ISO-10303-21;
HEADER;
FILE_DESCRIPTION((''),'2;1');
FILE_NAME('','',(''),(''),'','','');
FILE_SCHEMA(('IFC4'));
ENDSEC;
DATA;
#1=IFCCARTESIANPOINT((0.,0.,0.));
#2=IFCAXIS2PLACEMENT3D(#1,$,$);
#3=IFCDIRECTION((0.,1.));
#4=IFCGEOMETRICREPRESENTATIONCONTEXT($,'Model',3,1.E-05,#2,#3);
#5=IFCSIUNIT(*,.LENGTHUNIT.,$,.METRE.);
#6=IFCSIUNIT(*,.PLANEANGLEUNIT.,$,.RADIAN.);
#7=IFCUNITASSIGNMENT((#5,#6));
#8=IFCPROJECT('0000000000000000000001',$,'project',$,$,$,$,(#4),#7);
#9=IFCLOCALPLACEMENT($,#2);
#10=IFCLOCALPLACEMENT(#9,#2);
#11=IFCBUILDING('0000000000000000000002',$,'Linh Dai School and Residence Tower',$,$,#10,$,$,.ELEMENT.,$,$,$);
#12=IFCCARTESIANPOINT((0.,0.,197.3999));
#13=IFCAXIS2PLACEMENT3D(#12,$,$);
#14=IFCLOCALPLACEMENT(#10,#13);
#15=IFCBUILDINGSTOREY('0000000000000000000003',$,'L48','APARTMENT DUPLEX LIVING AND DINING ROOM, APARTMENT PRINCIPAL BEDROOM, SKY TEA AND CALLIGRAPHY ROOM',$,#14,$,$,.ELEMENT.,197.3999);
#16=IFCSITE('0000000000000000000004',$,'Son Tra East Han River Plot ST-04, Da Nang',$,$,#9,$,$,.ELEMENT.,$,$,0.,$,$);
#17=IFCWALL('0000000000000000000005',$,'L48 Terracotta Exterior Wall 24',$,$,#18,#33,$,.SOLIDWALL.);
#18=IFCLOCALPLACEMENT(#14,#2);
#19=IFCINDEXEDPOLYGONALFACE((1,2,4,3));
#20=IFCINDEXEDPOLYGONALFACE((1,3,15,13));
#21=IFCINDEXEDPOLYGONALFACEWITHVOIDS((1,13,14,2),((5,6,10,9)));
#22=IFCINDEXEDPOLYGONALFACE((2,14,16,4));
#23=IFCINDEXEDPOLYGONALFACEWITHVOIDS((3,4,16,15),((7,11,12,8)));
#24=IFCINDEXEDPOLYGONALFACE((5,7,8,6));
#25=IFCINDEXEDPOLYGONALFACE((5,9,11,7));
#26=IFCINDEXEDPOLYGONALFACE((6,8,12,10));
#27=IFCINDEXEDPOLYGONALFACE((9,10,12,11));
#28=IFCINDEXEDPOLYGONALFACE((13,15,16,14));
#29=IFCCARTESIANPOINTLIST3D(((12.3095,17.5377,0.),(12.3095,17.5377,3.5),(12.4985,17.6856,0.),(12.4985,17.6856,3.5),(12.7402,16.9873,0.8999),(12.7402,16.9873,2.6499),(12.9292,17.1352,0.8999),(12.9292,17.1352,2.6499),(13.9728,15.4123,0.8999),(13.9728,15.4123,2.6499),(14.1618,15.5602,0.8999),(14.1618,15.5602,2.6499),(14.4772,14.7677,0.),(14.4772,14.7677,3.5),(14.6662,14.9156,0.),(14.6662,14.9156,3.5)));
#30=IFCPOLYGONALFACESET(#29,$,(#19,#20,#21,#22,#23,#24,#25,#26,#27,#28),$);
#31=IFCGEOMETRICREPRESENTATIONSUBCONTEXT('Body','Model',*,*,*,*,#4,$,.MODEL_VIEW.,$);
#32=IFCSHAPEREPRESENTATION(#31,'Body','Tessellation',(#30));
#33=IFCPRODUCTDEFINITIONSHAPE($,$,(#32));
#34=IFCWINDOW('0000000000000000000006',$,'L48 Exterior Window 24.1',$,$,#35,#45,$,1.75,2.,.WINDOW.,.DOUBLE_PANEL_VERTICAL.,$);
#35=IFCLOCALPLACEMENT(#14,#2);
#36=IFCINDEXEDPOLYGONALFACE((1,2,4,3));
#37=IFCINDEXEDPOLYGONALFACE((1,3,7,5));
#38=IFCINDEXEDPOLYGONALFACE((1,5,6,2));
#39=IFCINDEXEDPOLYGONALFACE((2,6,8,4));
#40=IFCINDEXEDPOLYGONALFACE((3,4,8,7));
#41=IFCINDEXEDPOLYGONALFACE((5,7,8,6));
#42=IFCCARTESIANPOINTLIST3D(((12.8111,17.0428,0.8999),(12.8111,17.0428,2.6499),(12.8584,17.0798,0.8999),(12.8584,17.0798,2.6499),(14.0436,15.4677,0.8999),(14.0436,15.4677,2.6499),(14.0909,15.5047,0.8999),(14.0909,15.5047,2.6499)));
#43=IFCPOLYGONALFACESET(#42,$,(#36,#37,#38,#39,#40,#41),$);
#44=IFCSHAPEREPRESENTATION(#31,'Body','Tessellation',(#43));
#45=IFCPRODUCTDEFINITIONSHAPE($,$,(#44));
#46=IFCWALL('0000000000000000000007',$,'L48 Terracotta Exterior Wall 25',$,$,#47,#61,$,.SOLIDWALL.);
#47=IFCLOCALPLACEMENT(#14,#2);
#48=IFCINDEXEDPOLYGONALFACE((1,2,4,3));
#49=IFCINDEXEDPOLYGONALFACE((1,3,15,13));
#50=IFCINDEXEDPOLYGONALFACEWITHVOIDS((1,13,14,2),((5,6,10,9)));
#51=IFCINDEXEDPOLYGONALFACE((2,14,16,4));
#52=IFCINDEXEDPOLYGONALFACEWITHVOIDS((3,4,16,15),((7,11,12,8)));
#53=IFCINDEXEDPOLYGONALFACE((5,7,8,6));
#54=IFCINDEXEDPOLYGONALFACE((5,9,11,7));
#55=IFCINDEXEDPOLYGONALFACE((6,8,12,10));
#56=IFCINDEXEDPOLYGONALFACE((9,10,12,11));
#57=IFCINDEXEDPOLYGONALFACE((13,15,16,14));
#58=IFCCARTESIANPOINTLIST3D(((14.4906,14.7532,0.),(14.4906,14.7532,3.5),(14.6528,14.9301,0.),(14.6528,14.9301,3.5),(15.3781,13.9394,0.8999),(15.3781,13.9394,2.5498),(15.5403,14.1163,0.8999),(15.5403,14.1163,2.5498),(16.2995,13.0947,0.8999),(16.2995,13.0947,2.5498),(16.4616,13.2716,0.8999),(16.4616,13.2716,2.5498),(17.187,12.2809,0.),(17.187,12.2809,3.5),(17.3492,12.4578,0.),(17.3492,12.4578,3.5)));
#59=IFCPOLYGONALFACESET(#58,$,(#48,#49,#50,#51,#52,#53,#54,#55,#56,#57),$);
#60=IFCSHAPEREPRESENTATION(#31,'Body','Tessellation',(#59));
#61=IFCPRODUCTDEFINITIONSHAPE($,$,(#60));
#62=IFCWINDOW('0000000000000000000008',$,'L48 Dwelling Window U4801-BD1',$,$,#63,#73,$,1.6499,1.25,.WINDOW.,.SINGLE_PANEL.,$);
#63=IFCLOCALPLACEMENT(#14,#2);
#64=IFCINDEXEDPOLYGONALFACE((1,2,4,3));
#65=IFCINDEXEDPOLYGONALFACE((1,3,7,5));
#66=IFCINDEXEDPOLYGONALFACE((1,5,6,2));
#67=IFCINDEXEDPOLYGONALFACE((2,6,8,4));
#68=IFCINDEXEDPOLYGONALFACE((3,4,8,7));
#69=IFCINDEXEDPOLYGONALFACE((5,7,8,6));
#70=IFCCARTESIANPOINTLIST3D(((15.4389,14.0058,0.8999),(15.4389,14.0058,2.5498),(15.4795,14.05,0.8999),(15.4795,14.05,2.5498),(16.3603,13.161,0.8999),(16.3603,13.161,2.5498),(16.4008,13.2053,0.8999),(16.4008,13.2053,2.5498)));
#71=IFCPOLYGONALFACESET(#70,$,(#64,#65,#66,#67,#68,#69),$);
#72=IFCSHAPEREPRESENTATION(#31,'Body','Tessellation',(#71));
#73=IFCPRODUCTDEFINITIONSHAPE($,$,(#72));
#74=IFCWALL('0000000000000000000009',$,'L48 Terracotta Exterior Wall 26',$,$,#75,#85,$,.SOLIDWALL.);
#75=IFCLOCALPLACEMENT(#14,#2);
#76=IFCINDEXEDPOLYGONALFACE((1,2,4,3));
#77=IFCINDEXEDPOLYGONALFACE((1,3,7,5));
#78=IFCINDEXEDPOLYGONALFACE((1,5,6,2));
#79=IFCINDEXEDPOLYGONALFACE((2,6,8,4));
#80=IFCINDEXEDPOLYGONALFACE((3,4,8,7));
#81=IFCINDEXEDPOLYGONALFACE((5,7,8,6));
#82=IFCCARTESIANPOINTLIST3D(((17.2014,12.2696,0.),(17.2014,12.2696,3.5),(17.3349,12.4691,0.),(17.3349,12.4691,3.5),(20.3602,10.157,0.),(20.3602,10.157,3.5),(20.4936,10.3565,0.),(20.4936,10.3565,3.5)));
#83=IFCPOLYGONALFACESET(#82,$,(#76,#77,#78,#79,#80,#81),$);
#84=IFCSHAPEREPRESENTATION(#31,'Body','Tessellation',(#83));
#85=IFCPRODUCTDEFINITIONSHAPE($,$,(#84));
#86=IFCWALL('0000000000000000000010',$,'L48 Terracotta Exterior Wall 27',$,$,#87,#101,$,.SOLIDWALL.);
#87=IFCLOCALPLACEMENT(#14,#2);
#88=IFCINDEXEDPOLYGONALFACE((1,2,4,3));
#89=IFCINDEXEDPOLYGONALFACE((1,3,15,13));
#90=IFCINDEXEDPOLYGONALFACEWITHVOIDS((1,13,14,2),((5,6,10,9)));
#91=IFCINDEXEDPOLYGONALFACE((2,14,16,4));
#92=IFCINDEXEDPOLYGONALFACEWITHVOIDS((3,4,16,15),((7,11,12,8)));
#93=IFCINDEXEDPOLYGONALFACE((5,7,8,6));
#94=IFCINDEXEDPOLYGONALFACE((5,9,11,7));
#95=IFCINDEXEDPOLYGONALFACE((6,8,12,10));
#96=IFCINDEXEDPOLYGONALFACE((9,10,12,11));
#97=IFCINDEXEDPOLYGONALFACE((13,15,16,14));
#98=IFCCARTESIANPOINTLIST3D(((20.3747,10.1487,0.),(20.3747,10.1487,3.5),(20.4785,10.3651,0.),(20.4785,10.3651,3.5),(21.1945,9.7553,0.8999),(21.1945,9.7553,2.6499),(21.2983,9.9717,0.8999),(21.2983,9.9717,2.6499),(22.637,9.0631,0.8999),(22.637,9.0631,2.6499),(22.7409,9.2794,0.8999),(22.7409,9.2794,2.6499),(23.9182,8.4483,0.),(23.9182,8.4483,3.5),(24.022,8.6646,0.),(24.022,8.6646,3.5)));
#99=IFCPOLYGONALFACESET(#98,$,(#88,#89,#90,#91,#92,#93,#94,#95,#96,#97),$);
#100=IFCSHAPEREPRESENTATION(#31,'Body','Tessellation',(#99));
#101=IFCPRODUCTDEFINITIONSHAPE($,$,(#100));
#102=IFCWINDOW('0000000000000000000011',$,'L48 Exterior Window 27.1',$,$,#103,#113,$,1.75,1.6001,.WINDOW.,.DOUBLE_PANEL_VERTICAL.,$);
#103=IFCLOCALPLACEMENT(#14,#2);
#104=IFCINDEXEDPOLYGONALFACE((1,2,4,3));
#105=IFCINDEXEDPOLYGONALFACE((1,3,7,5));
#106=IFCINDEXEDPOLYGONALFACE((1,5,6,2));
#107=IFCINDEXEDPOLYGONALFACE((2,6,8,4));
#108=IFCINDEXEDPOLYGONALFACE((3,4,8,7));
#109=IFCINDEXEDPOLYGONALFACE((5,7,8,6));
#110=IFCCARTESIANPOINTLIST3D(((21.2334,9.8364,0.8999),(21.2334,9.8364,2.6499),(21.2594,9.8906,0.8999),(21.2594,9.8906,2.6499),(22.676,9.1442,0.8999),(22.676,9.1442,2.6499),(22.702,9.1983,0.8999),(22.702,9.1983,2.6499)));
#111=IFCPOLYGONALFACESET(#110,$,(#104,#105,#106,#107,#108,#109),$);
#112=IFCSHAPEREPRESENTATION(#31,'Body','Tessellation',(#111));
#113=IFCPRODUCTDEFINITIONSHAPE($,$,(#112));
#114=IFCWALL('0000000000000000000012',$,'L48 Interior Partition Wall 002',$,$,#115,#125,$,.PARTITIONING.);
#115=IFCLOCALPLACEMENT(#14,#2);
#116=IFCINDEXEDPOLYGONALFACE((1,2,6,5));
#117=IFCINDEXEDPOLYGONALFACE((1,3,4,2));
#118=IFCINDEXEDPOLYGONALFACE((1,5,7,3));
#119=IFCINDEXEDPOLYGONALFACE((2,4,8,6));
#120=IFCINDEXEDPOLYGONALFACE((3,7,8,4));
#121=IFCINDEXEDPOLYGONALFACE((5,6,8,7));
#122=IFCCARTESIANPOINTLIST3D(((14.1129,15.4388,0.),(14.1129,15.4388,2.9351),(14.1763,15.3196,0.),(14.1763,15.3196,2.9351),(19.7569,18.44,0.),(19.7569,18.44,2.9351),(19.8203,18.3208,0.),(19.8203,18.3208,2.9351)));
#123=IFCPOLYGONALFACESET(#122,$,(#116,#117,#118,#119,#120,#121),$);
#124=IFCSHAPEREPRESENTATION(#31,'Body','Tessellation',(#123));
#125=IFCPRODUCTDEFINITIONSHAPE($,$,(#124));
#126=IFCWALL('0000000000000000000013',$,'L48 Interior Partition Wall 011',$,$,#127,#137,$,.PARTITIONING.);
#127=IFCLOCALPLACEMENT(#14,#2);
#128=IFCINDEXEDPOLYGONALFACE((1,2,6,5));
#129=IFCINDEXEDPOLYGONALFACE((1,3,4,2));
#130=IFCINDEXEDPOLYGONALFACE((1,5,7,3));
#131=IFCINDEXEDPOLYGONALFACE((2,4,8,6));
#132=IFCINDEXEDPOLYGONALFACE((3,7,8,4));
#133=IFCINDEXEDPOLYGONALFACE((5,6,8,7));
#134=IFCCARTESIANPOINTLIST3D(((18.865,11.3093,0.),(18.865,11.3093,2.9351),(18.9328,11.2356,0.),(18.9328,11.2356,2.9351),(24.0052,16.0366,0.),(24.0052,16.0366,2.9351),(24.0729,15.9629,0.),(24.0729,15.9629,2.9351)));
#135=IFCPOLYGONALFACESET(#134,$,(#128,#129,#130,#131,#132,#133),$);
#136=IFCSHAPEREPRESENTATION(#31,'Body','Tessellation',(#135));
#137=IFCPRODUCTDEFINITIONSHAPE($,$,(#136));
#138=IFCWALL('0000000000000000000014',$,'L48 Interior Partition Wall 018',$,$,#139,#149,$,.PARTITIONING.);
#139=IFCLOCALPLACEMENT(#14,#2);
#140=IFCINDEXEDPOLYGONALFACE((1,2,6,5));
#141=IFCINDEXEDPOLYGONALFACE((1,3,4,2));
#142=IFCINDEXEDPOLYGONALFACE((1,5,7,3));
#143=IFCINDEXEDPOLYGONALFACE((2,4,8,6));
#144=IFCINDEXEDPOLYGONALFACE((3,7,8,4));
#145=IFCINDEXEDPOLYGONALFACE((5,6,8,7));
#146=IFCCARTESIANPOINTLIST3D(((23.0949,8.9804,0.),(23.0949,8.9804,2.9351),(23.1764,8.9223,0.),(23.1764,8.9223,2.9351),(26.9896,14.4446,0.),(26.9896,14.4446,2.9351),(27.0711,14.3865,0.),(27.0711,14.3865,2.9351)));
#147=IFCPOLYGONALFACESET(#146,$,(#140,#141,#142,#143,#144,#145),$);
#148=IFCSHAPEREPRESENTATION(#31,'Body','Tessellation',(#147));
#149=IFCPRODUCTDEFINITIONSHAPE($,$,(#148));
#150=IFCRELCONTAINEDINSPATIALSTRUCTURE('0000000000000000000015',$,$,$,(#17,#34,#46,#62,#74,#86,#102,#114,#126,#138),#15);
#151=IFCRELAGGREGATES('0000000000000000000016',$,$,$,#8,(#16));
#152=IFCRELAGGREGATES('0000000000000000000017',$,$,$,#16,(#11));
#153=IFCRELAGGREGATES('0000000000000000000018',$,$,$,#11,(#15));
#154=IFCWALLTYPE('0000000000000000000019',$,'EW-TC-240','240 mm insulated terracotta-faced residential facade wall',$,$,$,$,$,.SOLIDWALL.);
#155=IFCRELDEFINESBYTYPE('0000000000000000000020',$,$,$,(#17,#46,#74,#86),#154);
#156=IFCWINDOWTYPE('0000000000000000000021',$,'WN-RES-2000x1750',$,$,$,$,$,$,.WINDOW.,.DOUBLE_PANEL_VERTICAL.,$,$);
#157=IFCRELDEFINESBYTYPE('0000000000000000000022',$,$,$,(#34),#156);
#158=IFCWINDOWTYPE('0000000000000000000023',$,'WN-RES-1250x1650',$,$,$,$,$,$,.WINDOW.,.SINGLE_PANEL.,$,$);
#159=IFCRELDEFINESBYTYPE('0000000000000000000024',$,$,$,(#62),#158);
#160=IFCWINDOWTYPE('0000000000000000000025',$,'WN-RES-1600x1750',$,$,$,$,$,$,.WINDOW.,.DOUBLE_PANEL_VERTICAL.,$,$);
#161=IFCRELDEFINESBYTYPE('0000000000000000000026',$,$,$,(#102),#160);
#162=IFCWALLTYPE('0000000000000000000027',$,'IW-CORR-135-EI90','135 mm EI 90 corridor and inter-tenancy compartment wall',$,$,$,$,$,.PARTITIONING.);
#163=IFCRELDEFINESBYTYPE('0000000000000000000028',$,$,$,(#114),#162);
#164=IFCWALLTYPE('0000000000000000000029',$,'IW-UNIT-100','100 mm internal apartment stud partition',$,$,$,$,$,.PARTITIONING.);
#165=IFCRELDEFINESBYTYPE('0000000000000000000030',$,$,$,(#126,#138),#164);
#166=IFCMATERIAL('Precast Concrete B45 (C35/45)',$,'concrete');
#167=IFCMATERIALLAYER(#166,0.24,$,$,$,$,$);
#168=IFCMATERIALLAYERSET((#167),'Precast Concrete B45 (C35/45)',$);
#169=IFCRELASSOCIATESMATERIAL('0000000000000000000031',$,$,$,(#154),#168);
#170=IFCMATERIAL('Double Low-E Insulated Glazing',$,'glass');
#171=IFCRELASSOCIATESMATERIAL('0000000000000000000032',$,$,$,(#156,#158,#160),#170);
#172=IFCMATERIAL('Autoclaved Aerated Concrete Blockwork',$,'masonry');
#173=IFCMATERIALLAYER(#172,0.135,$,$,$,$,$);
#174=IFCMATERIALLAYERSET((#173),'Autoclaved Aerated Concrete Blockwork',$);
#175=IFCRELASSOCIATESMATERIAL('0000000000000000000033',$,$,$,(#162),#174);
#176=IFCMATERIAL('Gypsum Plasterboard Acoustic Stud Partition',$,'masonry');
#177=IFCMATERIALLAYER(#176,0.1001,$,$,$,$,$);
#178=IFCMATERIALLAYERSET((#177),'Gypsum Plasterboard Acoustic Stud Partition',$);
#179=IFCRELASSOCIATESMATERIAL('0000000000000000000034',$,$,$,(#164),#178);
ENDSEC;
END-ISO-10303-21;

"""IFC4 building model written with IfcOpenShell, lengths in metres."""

from ifc_helpers import new_model, si_unit, direction, frame, frame_2d, origin, origin_2d, place, context, subcontext, project, spatial, rectangle, extrude, source, transform, mapped, material, layer, layer_set, type_object, element, fill, save


model = new_model("IFC4")

# Units and contexts
model_context = context("Model", 3, precision=1e-05, world=origin(), true_north=direction((0.0, 1.0)))
body_context = subcontext(model_context, "Body", "Model", "MODEL_VIEW")
ifc_project = project(units=[si_unit("LENGTHUNIT", "METRE"), si_unit("PLANEANGLEUNIT", "RADIAN")], contexts=[model_context])

# Site, building, storey
site_placement = place(None, origin())
site = spatial("IfcSite", under=ifc_project, at=site_placement, Name="Son Tra East Han River Plot ST-04, Da Nang", CompositionType="ELEMENT", RefElevation=0.0)
building_placement = place(site_placement, origin())
building = spatial("IfcBuilding", under=site, at=building_placement, Name="Linh Dai School and Residence Tower", CompositionType="ELEMENT")
storey_placement = place(building_placement, frame((0.0, 0.0, 197.3999)))
storey = spatial("IfcBuildingStorey", under=building, at=storey_placement, Name="L48", Description="APARTMENT DUPLEX LIVING AND DINING ROOM, APARTMENT PRINCIPAL BEDROOM, SKY TEA AND CALLIGRAPHY ROOM", CompositionType="ELEMENT", Elevation=197.3999)

# Shared definitions
ifc_material_1 = material(Name="Precast Concrete B45 (C35/45)", Category="concrete")

# Shared definitions
ifc_layer_1 = layer(ifc_material_1, 0.24)
ifc_layer_set_1 = layer_set([ifc_layer_1], Name="Precast Concrete B45 (C35/45)")
wall_type_1 = type_object("IfcWallType", Name="EW-TC-240", Description="240 mm insulated terracotta-faced residential facade wall", PredefinedType="SOLIDWALL", material=ifc_layer_set_1)

# Walls, openings, windows
wall_1_placement = place(storey_placement, frame((14.5718, 14.8416, 0.0), z_axis=(0.0, 0.0, 1.0), x_axis=(-0.616288, 0.787521, 0.0)))
wall_1 = element("IfcWall", 1, at=wall_1_placement, inside=storey, type_object=wall_type_1, Name="L48 Terracotta Exterior Wall 24", PredefinedType="SOLIDWALL", context=body_context, shape_type="SweptSolid", body=[
    extrude(rectangle(XDim=3.5173, YDim=0.24, at=frame_2d((1.7588, 0.0))), origin(), (0.0, 0.0, 1.0), 3.5),
])
opening_1_placement = place(wall_1_placement, frame((0.8186, 0.0, 0.8999)))
opening_1 = element("IfcOpeningElement", 2, at=opening_1_placement, cuts=wall_1, PredefinedType="OPENING", context=body_context, shape_type="SweptSolid", body=[
    extrude(rectangle(XDim=2.0, YDim=1.75, at=origin_2d()), frame((1.0, 0.1299, 0.875), z_axis=(0.0, -1.0, 0.0), x_axis=(1.0, 0.0, 0.0)), (0.0, 0.0, 1.0), 0.26),
])
ifc_material_2 = material(Name="Double Low-E Insulated Glazing", Category="glass")
window_type_1 = type_object("IfcWindowType", Name="WN-RES-2000x1750", PartitioningType="DOUBLE_PANEL_VERTICAL", PredefinedType="WINDOW", material=ifc_material_2)
shared_shape_1 = source(origin(), body_context, "Body", "SweptSolid", [
    extrude(rectangle(XDim=2.0, YDim=1.75, at=origin_2d()), frame((1.0, 0.03, 0.875), z_axis=(0.0, -1.0, 0.0), x_axis=(1.0, 0.0, 0.0)), (0.0, 0.0, 1.0), 0.0601),
])
window_1_placement = place(opening_1_placement, origin())
window_1 = element("IfcWindow", 3, at=window_1_placement, inside=storey, type_object=window_type_1, Name="L48 Exterior Window 24.1", OverallHeight=1.75, OverallWidth=2.0, PartitioningType="DOUBLE_PANEL_VERTICAL", PredefinedType="WINDOW", context=body_context, shape_type="MappedRepresentation", body=[
    mapped(shared_shape_1, transform((0.0, 0.0, 0.0), x_axis=(1.0, 0.0, 0.0), y_axis=(0.0, 1.0, 0.0), z_axis=(0.0, 0.0, 1.0), scale=1.0)),
])
fill(opening_1, window_1)
wall_2_placement = place(storey_placement, frame((17.2681, 12.3694, 0.0), z_axis=(0.0, 0.0, 1.0), x_axis=(-0.737077, 0.675809, 0.0)))
wall_2 = element("IfcWall", 4, at=wall_2_placement, inside=storey, type_object=wall_type_1, Name="L48 Terracotta Exterior Wall 25", PredefinedType="SOLIDWALL", context=body_context, shape_type="SweptSolid", body=[
    extrude(rectangle(XDim=3.6582, YDim=0.24, at=frame_2d((1.8291, 0.0))), origin(), (0.0, 0.0, 1.0), 3.5),
])
opening_2_placement = place(wall_2_placement, frame((1.2041, 0.0, 0.8999)))
opening_2 = element("IfcOpeningElement", 5, at=opening_2_placement, cuts=wall_2, PredefinedType="OPENING", context=body_context, shape_type="SweptSolid", body=[
    extrude(rectangle(XDim=1.25, YDim=1.6499, at=origin_2d()), frame((0.625, 0.1299, 0.825), z_axis=(0.0, -1.0, 0.0), x_axis=(1.0, 0.0, 0.0)), (0.0, 0.0, 1.0), 0.26),
])
window_type_2 = type_object("IfcWindowType", Name="WN-RES-1250x1650", PartitioningType="SINGLE_PANEL", PredefinedType="WINDOW", material=ifc_material_2)
shared_shape_2 = source(origin(), body_context, "Body", "SweptSolid", [
    extrude(rectangle(XDim=1.25, YDim=1.6499, at=origin_2d()), frame((0.625, 0.03, 0.825), z_axis=(0.0, -1.0, 0.0), x_axis=(1.0, 0.0, 0.0)), (0.0, 0.0, 1.0), 0.0601),
])
window_2_placement = place(opening_2_placement, origin())
window_2 = element("IfcWindow", 6, at=window_2_placement, inside=storey, type_object=window_type_2, Name="L48 Dwelling Window U4801-BD1", OverallHeight=1.6499, OverallWidth=1.25, PartitioningType="SINGLE_PANEL", PredefinedType="WINDOW", context=body_context, shape_type="MappedRepresentation", body=[
    mapped(shared_shape_2, transform((0.0, 0.0, 0.0), x_axis=(1.0, 0.0, 0.0), y_axis=(0.0, 1.0, 0.0), z_axis=(0.0, 0.0, 1.0), scale=1.0)),
])
fill(opening_2, window_2)

# Wall
wall_3_placement = place(storey_placement, frame((20.4268, 10.2568, 0.0), z_axis=(0.0, 0.0, 1.0), x_axis=(-0.831229, 0.55593, 0.0)))
element("IfcWall", 7, at=wall_3_placement, inside=storey, type_object=wall_type_1, Name="L48 Terracotta Exterior Wall 26", PredefinedType="SOLIDWALL", context=body_context, shape_type="SweptSolid", body=[
    extrude(rectangle(XDim=3.8, YDim=0.24, at=frame_2d((1.8999, 0.0))), origin(), (0.0, 0.0, 1.0), 3.5),
])

# Wall, opening, window
wall_4_placement = place(storey_placement, frame((23.9702, 8.5564, 0.0), z_axis=(0.0, 0.0, 1.0), x_axis=(-0.901565, 0.432644, 0.0)))
wall_4 = element("IfcWall", 8, at=wall_4_placement, inside=storey, type_object=wall_type_1, Name="L48 Terracotta Exterior Wall 27", PredefinedType="SOLIDWALL", context=body_context, shape_type="SweptSolid", body=[
    extrude(rectangle(XDim=3.9304, YDim=0.24, at=frame_2d((1.9653, 0.0))), origin(), (0.0, 0.0, 1.0), 3.5),
])
opening_3_placement = place(wall_4_placement, frame((1.4211, 0.0, 0.8999)))
opening_3 = element("IfcOpeningElement", 9, at=opening_3_placement, cuts=wall_4, PredefinedType="OPENING", context=body_context, shape_type="SweptSolid", body=[
    extrude(rectangle(XDim=1.6001, YDim=1.75, at=origin_2d()), frame((0.8, 0.1299, 0.875), z_axis=(0.0, -1.0, 0.0), x_axis=(1.0, 0.0, 0.0)), (0.0, 0.0, 1.0), 0.26),
])
window_type_3 = type_object("IfcWindowType", Name="WN-RES-1600x1750", PartitioningType="DOUBLE_PANEL_VERTICAL", PredefinedType="WINDOW", material=ifc_material_2)
shared_shape_3 = source(origin(), body_context, "Body", "SweptSolid", [
    extrude(rectangle(XDim=1.6001, YDim=1.75, at=origin_2d()), frame((0.8, 0.03, 0.875), z_axis=(0.0, -1.0, 0.0), x_axis=(1.0, 0.0, 0.0)), (0.0, 0.0, 1.0), 0.0601),
])
window_3_placement = place(opening_3_placement, origin())
window_3 = element("IfcWindow", 10, at=window_3_placement, inside=storey, type_object=window_type_3, Name="L48 Exterior Window 27.1", OverallHeight=1.75, OverallWidth=1.6001, PartitioningType="DOUBLE_PANEL_VERTICAL", PredefinedType="WINDOW", context=body_context, shape_type="MappedRepresentation", body=[
    mapped(shared_shape_3, transform((0.0, 0.0, 0.0), x_axis=(1.0, 0.0, 0.0), y_axis=(0.0, 1.0, 0.0), z_axis=(0.0, 0.0, 1.0), scale=1.0)),
])
fill(opening_3, window_3)

# Walls
ifc_material_3 = material(Name="Autoclaved Aerated Concrete Blockwork", Category="masonry")
ifc_layer_2 = layer(ifc_material_3, 0.135)
ifc_layer_set_2 = layer_set([ifc_layer_2], Name="Autoclaved Aerated Concrete Blockwork")
wall_type_2 = type_object("IfcWallType", Name="IW-CORR-135-EI90", Description="135 mm EI 90 corridor and inter-tenancy compartment wall", PredefinedType="PARTITIONING", material=ifc_layer_set_2)
wall_5_placement = place(storey_placement, frame((14.1445, 15.3792, 0.0), z_axis=(0.0, 0.0, 1.0), x_axis=(0.882933, 0.4695, 0.0)))
element("IfcWall", 11, at=wall_5_placement, inside=storey, type_object=wall_type_2, Name="L48 Interior Partition Wall 002", PredefinedType="PARTITIONING", context=body_context, shape_type="SweptSolid", body=[
    extrude(rectangle(XDim=6.3923, YDim=0.135, at=frame_2d((3.1963, 0.0))), origin(), (0.0, 0.0, 1.0), 2.9351),
])
ifc_material_4 = material(Name="Gypsum Plasterboard Acoustic Stud Partition", Category="masonry")
ifc_layer_3 = layer(ifc_material_4, 0.1001)
ifc_layer_set_3 = layer_set([ifc_layer_3], Name="Gypsum Plasterboard Acoustic Stud Partition")
wall_type_3 = type_object("IfcWallType", Name="IW-UNIT-100", Description="100 mm internal apartment stud partition", PredefinedType="PARTITIONING", material=ifc_layer_set_3)
wall_6_placement = place(storey_placement, frame((18.8989, 11.2725, 0.0), z_axis=(0.0, 0.0, 1.0), x_axis=(0.736047, 0.67693, 0.0)))
element("IfcWall", 12, at=wall_6_placement, inside=storey, type_object=wall_type_3, Name="L48 Interior Partition Wall 011", PredefinedType="PARTITIONING", context=body_context, shape_type="SweptSolid", body=[
    extrude(rectangle(XDim=6.9834, YDim=0.1001, at=frame_2d((3.4917, 0.0))), origin(), (0.0, 0.0, 1.0), 2.9351),
])
wall_7_placement = place(storey_placement, frame((23.1357, 8.9514, 0.0), z_axis=(0.0, 0.0, 1.0), x_axis=(0.580415, 0.814321, 0.0)))
element("IfcWall", 13, at=wall_7_placement, inside=storey, type_object=wall_type_3, Name="L48 Interior Partition Wall 018", PredefinedType="PARTITIONING", context=body_context, shape_type="SweptSolid", body=[
    extrude(rectangle(XDim=6.7102, YDim=0.1001, at=frame_2d((3.355, 0.0))), origin(), (0.0, 0.0, 1.0), 2.9351),
])

save(model, "model.ifc")
